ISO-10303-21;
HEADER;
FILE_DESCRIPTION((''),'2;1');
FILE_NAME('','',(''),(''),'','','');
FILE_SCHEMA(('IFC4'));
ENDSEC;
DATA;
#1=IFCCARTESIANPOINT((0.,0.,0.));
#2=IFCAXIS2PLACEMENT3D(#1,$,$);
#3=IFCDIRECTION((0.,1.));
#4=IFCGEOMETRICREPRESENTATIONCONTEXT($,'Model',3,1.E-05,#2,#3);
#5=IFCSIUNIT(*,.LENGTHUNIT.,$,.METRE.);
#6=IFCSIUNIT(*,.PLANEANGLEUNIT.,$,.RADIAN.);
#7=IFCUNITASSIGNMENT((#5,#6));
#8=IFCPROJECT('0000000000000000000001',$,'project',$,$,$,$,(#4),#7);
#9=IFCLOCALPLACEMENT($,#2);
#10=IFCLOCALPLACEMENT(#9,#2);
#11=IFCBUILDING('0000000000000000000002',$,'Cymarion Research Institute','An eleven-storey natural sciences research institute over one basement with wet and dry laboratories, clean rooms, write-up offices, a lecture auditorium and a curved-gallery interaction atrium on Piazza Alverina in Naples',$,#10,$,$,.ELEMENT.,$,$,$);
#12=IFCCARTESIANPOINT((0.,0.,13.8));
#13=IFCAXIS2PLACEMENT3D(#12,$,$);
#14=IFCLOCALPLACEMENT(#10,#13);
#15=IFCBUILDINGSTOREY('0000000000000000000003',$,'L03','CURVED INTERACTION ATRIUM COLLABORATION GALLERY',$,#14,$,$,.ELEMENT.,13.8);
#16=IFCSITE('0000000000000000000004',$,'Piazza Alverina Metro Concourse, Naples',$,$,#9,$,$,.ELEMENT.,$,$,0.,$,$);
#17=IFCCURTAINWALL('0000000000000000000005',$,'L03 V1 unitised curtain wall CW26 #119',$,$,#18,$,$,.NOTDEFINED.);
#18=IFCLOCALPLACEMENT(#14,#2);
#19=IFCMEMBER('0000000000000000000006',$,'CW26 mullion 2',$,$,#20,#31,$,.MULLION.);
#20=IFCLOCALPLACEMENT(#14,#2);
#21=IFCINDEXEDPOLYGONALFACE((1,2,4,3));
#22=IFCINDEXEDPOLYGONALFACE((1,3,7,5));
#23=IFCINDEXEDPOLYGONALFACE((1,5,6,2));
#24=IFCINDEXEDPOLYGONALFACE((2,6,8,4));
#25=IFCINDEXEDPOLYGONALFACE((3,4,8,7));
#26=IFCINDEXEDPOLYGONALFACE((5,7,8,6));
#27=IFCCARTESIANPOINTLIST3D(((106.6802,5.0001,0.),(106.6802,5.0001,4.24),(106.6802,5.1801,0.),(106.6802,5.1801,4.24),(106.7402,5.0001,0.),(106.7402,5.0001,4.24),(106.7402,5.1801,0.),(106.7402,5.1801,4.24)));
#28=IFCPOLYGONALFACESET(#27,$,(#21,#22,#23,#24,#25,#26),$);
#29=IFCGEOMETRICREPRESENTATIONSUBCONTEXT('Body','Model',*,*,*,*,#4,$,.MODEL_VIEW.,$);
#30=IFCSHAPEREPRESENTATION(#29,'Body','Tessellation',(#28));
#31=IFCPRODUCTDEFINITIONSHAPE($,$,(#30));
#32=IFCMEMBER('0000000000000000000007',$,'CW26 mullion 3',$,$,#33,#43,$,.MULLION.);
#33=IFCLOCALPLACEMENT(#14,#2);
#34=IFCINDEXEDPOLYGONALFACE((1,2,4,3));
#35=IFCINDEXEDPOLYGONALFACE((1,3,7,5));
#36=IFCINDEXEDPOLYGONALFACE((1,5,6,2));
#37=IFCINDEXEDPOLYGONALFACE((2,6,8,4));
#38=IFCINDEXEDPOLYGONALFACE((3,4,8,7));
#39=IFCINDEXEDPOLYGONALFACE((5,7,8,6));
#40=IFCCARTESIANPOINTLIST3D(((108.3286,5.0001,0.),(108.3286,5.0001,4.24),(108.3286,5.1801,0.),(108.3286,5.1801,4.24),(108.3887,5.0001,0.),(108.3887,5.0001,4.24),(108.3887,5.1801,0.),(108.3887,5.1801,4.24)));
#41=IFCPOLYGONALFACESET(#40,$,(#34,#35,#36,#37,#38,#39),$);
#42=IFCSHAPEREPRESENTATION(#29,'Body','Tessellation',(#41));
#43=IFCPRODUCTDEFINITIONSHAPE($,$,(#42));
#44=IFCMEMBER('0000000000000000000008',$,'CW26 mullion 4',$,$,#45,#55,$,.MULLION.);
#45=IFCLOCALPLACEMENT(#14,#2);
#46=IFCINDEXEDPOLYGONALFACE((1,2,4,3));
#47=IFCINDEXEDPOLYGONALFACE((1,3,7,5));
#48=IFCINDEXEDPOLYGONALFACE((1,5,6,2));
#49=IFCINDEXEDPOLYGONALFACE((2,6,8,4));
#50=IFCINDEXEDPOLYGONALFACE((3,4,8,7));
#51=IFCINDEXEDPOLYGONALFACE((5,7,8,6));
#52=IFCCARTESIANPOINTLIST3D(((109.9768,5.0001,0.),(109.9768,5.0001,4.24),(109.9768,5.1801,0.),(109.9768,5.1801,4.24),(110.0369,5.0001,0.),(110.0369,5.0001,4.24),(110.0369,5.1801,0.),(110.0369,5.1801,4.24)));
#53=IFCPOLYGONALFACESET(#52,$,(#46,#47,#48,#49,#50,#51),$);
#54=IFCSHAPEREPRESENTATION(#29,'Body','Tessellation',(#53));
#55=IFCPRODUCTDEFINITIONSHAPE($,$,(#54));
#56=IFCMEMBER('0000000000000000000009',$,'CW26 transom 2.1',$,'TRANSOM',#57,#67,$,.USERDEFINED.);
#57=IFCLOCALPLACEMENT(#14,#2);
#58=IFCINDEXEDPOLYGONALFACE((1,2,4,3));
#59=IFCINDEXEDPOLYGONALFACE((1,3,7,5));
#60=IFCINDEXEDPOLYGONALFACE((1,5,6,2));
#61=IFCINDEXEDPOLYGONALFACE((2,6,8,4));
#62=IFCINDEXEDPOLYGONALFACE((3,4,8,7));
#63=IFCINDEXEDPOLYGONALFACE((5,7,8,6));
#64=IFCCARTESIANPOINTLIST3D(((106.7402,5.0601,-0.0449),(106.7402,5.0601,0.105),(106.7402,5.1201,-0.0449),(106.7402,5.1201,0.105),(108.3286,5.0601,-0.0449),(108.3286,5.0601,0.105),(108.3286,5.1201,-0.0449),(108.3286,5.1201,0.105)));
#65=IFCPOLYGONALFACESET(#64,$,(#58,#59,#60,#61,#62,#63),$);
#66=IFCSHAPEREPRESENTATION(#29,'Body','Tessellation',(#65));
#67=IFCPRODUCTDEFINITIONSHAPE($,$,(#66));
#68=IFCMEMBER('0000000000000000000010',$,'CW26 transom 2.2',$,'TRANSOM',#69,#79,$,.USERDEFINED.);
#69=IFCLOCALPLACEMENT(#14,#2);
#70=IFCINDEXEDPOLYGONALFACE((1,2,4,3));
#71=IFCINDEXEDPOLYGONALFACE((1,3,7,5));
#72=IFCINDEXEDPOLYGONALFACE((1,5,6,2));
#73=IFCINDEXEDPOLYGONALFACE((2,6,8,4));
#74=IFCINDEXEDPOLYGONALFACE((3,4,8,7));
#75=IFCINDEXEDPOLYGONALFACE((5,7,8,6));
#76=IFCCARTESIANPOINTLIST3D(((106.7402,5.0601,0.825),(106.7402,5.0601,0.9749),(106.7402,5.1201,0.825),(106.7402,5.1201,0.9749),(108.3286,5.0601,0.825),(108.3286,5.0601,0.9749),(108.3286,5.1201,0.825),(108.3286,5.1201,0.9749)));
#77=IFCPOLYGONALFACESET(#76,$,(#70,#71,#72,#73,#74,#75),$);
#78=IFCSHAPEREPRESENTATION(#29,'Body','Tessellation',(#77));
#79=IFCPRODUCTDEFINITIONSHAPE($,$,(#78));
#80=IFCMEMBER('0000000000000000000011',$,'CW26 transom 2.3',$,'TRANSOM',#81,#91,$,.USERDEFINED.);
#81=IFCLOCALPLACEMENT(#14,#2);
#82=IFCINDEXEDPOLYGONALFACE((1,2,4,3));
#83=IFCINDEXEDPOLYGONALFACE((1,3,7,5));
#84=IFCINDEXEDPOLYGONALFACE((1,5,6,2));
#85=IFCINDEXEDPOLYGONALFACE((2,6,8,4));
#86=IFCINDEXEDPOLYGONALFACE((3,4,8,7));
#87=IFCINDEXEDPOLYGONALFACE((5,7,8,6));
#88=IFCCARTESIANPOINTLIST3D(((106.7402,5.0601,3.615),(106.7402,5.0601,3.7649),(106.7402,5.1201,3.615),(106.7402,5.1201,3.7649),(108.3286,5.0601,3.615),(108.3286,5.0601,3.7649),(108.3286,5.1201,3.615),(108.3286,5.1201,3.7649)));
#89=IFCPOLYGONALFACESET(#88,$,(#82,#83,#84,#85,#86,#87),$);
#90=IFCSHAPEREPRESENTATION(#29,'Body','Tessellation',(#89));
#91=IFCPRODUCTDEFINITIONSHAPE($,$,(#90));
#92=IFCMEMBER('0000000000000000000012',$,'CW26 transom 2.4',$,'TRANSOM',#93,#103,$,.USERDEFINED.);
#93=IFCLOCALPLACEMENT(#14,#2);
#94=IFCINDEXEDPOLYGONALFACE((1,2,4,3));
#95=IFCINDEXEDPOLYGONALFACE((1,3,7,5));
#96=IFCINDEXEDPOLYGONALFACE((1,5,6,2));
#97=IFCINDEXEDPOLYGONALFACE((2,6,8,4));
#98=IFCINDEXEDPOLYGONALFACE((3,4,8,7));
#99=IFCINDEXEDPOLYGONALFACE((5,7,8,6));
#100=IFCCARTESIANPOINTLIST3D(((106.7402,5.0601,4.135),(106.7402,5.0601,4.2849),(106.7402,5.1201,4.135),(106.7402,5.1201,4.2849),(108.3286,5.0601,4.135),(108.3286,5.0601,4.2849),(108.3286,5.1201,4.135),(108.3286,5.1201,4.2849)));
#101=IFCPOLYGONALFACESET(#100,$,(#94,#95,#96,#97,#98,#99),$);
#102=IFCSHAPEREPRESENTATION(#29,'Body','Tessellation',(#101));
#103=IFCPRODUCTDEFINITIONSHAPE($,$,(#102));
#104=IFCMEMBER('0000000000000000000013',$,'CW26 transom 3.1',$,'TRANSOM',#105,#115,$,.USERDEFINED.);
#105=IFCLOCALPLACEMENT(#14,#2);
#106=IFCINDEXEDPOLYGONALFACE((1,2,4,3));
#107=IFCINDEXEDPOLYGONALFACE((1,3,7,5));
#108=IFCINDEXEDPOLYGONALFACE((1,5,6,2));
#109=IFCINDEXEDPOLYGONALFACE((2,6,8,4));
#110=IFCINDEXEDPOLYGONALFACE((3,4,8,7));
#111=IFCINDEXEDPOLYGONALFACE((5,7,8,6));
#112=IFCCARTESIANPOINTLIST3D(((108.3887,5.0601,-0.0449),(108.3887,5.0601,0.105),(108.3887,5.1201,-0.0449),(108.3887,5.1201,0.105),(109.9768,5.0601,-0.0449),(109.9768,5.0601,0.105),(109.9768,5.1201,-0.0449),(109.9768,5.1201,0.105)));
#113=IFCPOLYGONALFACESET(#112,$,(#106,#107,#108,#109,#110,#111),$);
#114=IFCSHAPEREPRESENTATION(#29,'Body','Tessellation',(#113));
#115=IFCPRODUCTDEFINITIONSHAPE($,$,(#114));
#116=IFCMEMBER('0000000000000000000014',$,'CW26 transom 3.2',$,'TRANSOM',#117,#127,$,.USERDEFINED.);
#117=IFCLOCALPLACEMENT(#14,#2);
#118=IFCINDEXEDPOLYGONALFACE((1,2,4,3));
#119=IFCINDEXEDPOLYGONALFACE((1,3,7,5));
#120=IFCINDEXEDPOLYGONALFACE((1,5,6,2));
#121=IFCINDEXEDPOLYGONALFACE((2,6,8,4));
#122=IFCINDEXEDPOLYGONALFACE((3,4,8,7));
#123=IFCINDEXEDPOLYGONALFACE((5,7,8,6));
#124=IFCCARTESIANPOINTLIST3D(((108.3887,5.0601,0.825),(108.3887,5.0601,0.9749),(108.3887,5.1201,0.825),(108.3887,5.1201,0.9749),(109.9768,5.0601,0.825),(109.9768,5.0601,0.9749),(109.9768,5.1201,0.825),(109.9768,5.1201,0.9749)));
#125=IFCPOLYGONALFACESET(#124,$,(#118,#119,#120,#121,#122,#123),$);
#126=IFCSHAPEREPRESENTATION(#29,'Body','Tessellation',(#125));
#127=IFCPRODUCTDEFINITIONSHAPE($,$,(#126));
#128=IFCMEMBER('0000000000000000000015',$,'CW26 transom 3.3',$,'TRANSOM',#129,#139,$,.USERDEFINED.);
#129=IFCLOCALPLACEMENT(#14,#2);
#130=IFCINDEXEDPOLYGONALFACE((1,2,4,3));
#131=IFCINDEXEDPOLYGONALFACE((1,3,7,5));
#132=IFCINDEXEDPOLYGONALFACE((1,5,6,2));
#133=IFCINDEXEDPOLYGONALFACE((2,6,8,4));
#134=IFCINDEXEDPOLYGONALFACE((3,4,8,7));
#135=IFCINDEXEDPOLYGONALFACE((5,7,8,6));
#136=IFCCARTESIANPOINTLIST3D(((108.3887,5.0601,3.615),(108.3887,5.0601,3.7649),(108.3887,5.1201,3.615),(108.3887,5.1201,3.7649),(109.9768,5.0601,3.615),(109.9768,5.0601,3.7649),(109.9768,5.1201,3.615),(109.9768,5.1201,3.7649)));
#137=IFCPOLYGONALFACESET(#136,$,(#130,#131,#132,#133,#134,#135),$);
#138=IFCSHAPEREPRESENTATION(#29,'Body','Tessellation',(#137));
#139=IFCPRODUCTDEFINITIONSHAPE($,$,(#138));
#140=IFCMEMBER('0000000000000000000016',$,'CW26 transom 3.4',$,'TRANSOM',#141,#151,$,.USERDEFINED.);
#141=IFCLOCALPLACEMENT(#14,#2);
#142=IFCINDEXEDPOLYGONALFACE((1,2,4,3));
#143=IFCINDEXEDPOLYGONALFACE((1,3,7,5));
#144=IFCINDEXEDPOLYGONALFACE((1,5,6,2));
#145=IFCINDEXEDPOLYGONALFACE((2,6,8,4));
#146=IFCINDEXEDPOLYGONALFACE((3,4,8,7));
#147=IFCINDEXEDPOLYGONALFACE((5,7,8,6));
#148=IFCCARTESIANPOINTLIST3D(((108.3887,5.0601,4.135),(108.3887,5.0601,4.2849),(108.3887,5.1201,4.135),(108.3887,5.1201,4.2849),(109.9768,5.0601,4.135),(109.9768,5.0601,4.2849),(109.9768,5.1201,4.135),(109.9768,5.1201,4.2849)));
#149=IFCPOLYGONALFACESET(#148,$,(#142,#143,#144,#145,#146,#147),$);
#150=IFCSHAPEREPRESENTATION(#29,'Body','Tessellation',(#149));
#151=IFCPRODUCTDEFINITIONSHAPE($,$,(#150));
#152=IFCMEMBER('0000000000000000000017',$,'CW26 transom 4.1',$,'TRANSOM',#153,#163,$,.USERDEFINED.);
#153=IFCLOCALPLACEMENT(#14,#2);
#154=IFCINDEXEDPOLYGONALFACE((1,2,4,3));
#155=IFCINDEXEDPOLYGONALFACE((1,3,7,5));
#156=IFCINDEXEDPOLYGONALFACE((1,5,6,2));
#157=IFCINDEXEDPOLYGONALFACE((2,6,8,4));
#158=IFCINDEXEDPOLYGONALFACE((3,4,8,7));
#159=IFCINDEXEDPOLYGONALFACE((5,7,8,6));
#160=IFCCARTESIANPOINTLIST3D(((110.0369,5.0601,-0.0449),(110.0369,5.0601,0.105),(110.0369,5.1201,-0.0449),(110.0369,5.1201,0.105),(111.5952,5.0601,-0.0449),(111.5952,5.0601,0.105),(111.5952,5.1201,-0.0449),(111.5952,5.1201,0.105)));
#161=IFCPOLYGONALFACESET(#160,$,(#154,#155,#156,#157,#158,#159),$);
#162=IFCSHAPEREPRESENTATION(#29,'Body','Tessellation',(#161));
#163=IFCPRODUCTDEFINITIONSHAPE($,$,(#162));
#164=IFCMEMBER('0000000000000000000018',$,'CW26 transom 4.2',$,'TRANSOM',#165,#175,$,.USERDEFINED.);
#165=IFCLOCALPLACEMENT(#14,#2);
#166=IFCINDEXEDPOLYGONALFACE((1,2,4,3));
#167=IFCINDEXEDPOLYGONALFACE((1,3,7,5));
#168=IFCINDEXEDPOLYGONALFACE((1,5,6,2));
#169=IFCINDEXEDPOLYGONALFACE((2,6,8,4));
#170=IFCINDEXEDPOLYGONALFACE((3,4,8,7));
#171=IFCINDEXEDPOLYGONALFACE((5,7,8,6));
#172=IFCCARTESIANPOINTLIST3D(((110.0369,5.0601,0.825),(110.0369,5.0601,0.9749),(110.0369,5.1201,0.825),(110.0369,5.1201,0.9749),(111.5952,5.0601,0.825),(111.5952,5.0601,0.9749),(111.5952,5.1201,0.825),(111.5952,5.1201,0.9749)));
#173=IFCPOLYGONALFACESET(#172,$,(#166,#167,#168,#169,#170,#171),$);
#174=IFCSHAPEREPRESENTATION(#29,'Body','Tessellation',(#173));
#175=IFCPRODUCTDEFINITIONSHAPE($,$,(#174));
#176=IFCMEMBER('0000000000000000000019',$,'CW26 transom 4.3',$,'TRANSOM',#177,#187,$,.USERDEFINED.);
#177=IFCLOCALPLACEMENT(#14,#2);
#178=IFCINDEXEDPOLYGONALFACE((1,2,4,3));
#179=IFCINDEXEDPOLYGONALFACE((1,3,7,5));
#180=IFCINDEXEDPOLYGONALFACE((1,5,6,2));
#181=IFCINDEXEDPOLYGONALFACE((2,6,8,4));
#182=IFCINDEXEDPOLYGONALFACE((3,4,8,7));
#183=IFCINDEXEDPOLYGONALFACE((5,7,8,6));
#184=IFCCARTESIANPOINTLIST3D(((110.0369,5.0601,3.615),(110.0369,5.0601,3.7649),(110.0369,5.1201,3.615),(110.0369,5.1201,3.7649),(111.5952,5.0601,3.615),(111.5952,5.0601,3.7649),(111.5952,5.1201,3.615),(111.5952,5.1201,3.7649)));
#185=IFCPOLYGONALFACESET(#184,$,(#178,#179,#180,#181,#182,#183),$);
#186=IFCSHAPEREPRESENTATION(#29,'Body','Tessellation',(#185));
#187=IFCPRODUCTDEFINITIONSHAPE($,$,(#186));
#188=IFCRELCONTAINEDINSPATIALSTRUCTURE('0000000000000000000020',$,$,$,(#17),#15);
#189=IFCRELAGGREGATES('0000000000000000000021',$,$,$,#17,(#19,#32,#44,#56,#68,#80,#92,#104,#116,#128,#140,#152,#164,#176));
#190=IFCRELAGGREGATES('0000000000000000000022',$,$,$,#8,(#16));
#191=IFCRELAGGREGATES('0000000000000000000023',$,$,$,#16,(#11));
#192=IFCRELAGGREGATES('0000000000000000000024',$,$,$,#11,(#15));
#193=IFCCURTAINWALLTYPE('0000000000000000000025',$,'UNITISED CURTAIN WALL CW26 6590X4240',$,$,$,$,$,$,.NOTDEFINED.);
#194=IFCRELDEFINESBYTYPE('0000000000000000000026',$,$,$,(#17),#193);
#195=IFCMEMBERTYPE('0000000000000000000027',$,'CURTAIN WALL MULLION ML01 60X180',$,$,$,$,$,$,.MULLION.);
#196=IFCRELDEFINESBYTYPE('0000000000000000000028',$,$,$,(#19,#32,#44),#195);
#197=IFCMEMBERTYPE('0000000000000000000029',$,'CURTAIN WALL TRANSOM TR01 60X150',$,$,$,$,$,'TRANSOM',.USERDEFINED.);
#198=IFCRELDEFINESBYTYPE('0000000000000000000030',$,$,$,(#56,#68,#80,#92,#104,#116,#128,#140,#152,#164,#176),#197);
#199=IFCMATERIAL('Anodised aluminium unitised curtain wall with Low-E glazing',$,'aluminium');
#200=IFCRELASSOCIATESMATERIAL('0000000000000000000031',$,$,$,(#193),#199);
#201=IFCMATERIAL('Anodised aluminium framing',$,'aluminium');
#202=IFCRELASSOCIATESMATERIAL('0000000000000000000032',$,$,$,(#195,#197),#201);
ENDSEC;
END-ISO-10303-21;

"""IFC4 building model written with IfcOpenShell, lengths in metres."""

from ifc_helpers import new_model, si_unit, direction, frame, origin, origin_2d, place, context, subcontext, project, spatial, rectangle, extrude, material, material_profile, profile_set, type_object, element, aggregate, save


model = new_model("IFC4")

# Units and contexts
model_context = context("Model", 3, precision=1e-05, world=origin(), true_north=direction((0.0, 1.0)))
body_context = subcontext(model_context, "Body", "Model", "MODEL_VIEW")
ifc_project = project(units=[si_unit("LENGTHUNIT", "METRE"), si_unit("PLANEANGLEUNIT", "RADIAN")], contexts=[model_context])

# Site, building, storey
site_placement = place(None, origin())
site = spatial("IfcSite", under=ifc_project, at=site_placement, Name="Piazza Alverina Metro Concourse, Naples", CompositionType="ELEMENT", RefElevation=0.0)
building_placement = place(site_placement, origin())
building = spatial("IfcBuilding", under=site, at=building_placement, Name="Cymarion Research Institute", Description="An eleven-storey natural sciences research institute over one basement with wet and dry laboratories, clean rooms, write-up offices, a lecture auditorium and a curved-gallery interaction atrium on Piazza Alverina in Naples", CompositionType="ELEMENT")
storey_placement = place(building_placement, frame((0.0, 0.0, 13.8)))
storey = spatial("IfcBuildingStorey", under=building, at=storey_placement, Name="L03", Description="CURVED INTERACTION ATRIUM COLLABORATION GALLERY", CompositionType="ELEMENT", Elevation=13.8)

# Curtain wall, members
ifc_material_1 = material(Name="Anodised aluminium unitised curtain wall with Low-E glazing", Category="aluminium")
curtain_wall_type = type_object("IfcCurtainWallType", Name="UNITISED CURTAIN WALL CW26 6590X4240", PredefinedType="NOTDEFINED", material=ifc_material_1)
curtain_wall_placement = place(storey_placement, origin())
curtain_wall = element("IfcCurtainWall", 1, at=curtain_wall_placement, inside=storey, type_object=curtain_wall_type, Name="L03 V1 unitised curtain wall CW26 #119", PredefinedType="NOTDEFINED")
ifc_material_2 = material(Name="Anodised aluminium framing", Category="aluminium")
ifc_material_profile_1 = material_profile(ifc_material_2, rectangle(XDim=0.0601, YDim=0.1799, at=origin_2d()), Name="ALU MULLION 60x180")
ifc_profile_set_1 = profile_set([ifc_material_profile_1], Name="Anodised aluminium framing")
member_type_1 = type_object("IfcMemberType", Name="CURTAIN WALL MULLION ML01 60X180", PredefinedType="MULLION", material=ifc_profile_set_1)
member_1_placement = place(storey_placement, frame((106.7102, 5.0901, 0.0), z_axis=(0.0, 0.0, 1.0), x_axis=(1.0, 0.0, 0.0)))
member_1 = element("IfcMember", 2, at=member_1_placement, type_object=member_type_1, Name="CW26 mullion 2", PredefinedType="MULLION", context=body_context, shape_type="SweptSolid", body=[
    extrude(rectangle(XDim=0.0601, YDim=0.1799, at=origin_2d()), origin(), (0.0, 0.0, 1.0), 4.24),
])
member_2_placement = place(storey_placement, frame((108.3586, 5.0901, 0.0), z_axis=(0.0, 0.0, 1.0), x_axis=(1.0, 0.0, 0.0)))
member_2 = element("IfcMember", 3, at=member_2_placement, type_object=member_type_1, Name="CW26 mullion 3", PredefinedType="MULLION", context=body_context, shape_type="SweptSolid", body=[
    extrude(rectangle(XDim=0.0601, YDim=0.1799, at=origin_2d()), origin(), (0.0, 0.0, 1.0), 4.24),
])
member_3_placement = place(storey_placement, frame((110.0068, 5.0901, 0.0), z_axis=(0.0, 0.0, 1.0), x_axis=(1.0, 0.0, 0.0)))
member_3 = element("IfcMember", 4, at=member_3_placement, type_object=member_type_1, Name="CW26 mullion 4", PredefinedType="MULLION", context=body_context, shape_type="SweptSolid", body=[
    extrude(rectangle(XDim=0.0601, YDim=0.1799, at=origin_2d()), origin(), (0.0, 0.0, 1.0), 4.24),
])
ifc_material_profile_2 = material_profile(ifc_material_2, rectangle(XDim=0.0601, YDim=0.1499, at=origin_2d()), Name="ALU TRANSOM 60x150")
ifc_profile_set_2 = profile_set([ifc_material_profile_2], Name="Anodised aluminium framing")
member_type_2 = type_object("IfcMemberType", Name="CURTAIN WALL TRANSOM TR01 60X150", ElementType="TRANSOM", PredefinedType="USERDEFINED", material=ifc_profile_set_2)
member_4_placement = place(storey_placement, frame((106.7402, 5.0901, 0.03), z_axis=(1.0, 0.0, 0.0), x_axis=(0.0, 1.0, 0.0)))
member_4 = element("IfcMember", 5, at=member_4_placement, type_object=member_type_2, Name="CW26 transom 2.1", ObjectType="TRANSOM", PredefinedType="USERDEFINED", context=body_context, shape_type="SweptSolid", body=[
    extrude(rectangle(XDim=0.0601, YDim=0.1499, at=origin_2d()), origin(), (0.0, 0.0, 1.0), 1.5884),
])
member_5_placement = place(storey_placement, frame((106.7402, 5.0901, 0.8999), z_axis=(1.0, 0.0, 0.0), x_axis=(0.0, 1.0, 0.0)))
member_5 = element("IfcMember", 6, at=member_5_placement, type_object=member_type_2, Name="CW26 transom 2.2", ObjectType="TRANSOM", PredefinedType="USERDEFINED", context=body_context, shape_type="SweptSolid", body=[
    extrude(rectangle(XDim=0.0601, YDim=0.1499, at=origin_2d()), origin(), (0.0, 0.0, 1.0), 1.5884),
])
member_6_placement = place(storey_placement, frame((106.7402, 5.0901, 3.6899), z_axis=(1.0, 0.0, 0.0), x_axis=(0.0, 1.0, 0.0)))
member_6 = element("IfcMember", 7, at=member_6_placement, type_object=member_type_2, Name="CW26 transom 2.3", ObjectType="TRANSOM", PredefinedType="USERDEFINED", context=body_context, shape_type="SweptSolid", body=[
    extrude(rectangle(XDim=0.0601, YDim=0.1499, at=origin_2d()), origin(), (0.0, 0.0, 1.0), 1.5884),
])
member_7_placement = place(storey_placement, frame((106.7402, 5.0901, 4.21), z_axis=(1.0, 0.0, 0.0), x_axis=(0.0, 1.0, 0.0)))
member_7 = element("IfcMember", 8, at=member_7_placement, type_object=member_type_2, Name="CW26 transom 2.4", ObjectType="TRANSOM", PredefinedType="USERDEFINED", context=body_context, shape_type="SweptSolid", body=[
    extrude(rectangle(XDim=0.0601, YDim=0.1499, at=origin_2d()), origin(), (0.0, 0.0, 1.0), 1.5884),
])
member_8_placement = place(storey_placement, frame((108.3887, 5.0901, 0.03), z_axis=(1.0, 0.0, 0.0), x_axis=(0.0, 1.0, 0.0)))
member_8 = element("IfcMember", 9, at=member_8_placement, type_object=member_type_2, Name="CW26 transom 3.1", ObjectType="TRANSOM", PredefinedType="USERDEFINED", context=body_context, shape_type="SweptSolid", body=[
    extrude(rectangle(XDim=0.0601, YDim=0.1499, at=origin_2d()), origin(), (0.0, 0.0, 1.0), 1.5881),
])
member_9_placement = place(storey_placement, frame((108.3887, 5.0901, 0.8999), z_axis=(1.0, 0.0, 0.0), x_axis=(0.0, 1.0, 0.0)))
member_9 = element("IfcMember", 10, at=member_9_placement, type_object=member_type_2, Name="CW26 transom 3.2", ObjectType="TRANSOM", PredefinedType="USERDEFINED", context=body_context, shape_type="SweptSolid", body=[
    extrude(rectangle(XDim=0.0601, YDim=0.1499, at=origin_2d()), origin(), (0.0, 0.0, 1.0), 1.5881),
])
member_10_placement = place(storey_placement, frame((108.3887, 5.0901, 3.6899), z_axis=(1.0, 0.0, 0.0), x_axis=(0.0, 1.0, 0.0)))
member_10 = element("IfcMember", 11, at=member_10_placement, type_object=member_type_2, Name="CW26 transom 3.3", ObjectType="TRANSOM", PredefinedType="USERDEFINED", context=body_context, shape_type="SweptSolid", body=[
    extrude(rectangle(XDim=0.0601, YDim=0.1499, at=origin_2d()), origin(), (0.0, 0.0, 1.0), 1.5881),
])
member_11_placement = place(storey_placement, frame((108.3887, 5.0901, 4.21), z_axis=(1.0, 0.0, 0.0), x_axis=(0.0, 1.0, 0.0)))
member_11 = element("IfcMember", 12, at=member_11_placement, type_object=member_type_2, Name="CW26 transom 3.4", ObjectType="TRANSOM", PredefinedType="USERDEFINED", context=body_context, shape_type="SweptSolid", body=[
    extrude(rectangle(XDim=0.0601, YDim=0.1499, at=origin_2d()), origin(), (0.0, 0.0, 1.0), 1.5881),
])
member_12_placement = place(storey_placement, frame((110.0369, 5.0901, 0.03), z_axis=(1.0, 0.0, 0.0), x_axis=(0.0, 1.0, 0.0)))
member_12 = element("IfcMember", 13, at=member_12_placement, type_object=member_type_2, Name="CW26 transom 4.1", ObjectType="TRANSOM", PredefinedType="USERDEFINED", context=body_context, shape_type="SweptSolid", body=[
    extrude(rectangle(XDim=0.0601, YDim=0.1499, at=origin_2d()), origin(), (0.0, 0.0, 1.0), 1.5583),
])
member_13_placement = place(storey_placement, frame((110.0369, 5.0901, 0.8999), z_axis=(1.0, 0.0, 0.0), x_axis=(0.0, 1.0, 0.0)))
member_13 = element("IfcMember", 14, at=member_13_placement, type_object=member_type_2, Name="CW26 transom 4.2", ObjectType="TRANSOM", PredefinedType="USERDEFINED", context=body_context, shape_type="SweptSolid", body=[
    extrude(rectangle(XDim=0.0601, YDim=0.1499, at=origin_2d()), origin(), (0.0, 0.0, 1.0), 1.5583),
])
member_14_placement = place(storey_placement, frame((110.0369, 5.0901, 3.6899), z_axis=(1.0, 0.0, 0.0), x_axis=(0.0, 1.0, 0.0)))
member_14 = element("IfcMember", 15, at=member_14_placement, type_object=member_type_2, Name="CW26 transom 4.3", ObjectType="TRANSOM", PredefinedType="USERDEFINED", context=body_context, shape_type="SweptSolid", body=[
    extrude(rectangle(XDim=0.0601, YDim=0.1499, at=origin_2d()), origin(), (0.0, 0.0, 1.0), 1.5583),
])

aggregate(curtain_wall, [member_1, member_2, member_3, member_4, member_5, member_6, member_7, member_8, member_9, member_10, member_11, member_12, member_13, member_14])

save(model, "model.ifc")
